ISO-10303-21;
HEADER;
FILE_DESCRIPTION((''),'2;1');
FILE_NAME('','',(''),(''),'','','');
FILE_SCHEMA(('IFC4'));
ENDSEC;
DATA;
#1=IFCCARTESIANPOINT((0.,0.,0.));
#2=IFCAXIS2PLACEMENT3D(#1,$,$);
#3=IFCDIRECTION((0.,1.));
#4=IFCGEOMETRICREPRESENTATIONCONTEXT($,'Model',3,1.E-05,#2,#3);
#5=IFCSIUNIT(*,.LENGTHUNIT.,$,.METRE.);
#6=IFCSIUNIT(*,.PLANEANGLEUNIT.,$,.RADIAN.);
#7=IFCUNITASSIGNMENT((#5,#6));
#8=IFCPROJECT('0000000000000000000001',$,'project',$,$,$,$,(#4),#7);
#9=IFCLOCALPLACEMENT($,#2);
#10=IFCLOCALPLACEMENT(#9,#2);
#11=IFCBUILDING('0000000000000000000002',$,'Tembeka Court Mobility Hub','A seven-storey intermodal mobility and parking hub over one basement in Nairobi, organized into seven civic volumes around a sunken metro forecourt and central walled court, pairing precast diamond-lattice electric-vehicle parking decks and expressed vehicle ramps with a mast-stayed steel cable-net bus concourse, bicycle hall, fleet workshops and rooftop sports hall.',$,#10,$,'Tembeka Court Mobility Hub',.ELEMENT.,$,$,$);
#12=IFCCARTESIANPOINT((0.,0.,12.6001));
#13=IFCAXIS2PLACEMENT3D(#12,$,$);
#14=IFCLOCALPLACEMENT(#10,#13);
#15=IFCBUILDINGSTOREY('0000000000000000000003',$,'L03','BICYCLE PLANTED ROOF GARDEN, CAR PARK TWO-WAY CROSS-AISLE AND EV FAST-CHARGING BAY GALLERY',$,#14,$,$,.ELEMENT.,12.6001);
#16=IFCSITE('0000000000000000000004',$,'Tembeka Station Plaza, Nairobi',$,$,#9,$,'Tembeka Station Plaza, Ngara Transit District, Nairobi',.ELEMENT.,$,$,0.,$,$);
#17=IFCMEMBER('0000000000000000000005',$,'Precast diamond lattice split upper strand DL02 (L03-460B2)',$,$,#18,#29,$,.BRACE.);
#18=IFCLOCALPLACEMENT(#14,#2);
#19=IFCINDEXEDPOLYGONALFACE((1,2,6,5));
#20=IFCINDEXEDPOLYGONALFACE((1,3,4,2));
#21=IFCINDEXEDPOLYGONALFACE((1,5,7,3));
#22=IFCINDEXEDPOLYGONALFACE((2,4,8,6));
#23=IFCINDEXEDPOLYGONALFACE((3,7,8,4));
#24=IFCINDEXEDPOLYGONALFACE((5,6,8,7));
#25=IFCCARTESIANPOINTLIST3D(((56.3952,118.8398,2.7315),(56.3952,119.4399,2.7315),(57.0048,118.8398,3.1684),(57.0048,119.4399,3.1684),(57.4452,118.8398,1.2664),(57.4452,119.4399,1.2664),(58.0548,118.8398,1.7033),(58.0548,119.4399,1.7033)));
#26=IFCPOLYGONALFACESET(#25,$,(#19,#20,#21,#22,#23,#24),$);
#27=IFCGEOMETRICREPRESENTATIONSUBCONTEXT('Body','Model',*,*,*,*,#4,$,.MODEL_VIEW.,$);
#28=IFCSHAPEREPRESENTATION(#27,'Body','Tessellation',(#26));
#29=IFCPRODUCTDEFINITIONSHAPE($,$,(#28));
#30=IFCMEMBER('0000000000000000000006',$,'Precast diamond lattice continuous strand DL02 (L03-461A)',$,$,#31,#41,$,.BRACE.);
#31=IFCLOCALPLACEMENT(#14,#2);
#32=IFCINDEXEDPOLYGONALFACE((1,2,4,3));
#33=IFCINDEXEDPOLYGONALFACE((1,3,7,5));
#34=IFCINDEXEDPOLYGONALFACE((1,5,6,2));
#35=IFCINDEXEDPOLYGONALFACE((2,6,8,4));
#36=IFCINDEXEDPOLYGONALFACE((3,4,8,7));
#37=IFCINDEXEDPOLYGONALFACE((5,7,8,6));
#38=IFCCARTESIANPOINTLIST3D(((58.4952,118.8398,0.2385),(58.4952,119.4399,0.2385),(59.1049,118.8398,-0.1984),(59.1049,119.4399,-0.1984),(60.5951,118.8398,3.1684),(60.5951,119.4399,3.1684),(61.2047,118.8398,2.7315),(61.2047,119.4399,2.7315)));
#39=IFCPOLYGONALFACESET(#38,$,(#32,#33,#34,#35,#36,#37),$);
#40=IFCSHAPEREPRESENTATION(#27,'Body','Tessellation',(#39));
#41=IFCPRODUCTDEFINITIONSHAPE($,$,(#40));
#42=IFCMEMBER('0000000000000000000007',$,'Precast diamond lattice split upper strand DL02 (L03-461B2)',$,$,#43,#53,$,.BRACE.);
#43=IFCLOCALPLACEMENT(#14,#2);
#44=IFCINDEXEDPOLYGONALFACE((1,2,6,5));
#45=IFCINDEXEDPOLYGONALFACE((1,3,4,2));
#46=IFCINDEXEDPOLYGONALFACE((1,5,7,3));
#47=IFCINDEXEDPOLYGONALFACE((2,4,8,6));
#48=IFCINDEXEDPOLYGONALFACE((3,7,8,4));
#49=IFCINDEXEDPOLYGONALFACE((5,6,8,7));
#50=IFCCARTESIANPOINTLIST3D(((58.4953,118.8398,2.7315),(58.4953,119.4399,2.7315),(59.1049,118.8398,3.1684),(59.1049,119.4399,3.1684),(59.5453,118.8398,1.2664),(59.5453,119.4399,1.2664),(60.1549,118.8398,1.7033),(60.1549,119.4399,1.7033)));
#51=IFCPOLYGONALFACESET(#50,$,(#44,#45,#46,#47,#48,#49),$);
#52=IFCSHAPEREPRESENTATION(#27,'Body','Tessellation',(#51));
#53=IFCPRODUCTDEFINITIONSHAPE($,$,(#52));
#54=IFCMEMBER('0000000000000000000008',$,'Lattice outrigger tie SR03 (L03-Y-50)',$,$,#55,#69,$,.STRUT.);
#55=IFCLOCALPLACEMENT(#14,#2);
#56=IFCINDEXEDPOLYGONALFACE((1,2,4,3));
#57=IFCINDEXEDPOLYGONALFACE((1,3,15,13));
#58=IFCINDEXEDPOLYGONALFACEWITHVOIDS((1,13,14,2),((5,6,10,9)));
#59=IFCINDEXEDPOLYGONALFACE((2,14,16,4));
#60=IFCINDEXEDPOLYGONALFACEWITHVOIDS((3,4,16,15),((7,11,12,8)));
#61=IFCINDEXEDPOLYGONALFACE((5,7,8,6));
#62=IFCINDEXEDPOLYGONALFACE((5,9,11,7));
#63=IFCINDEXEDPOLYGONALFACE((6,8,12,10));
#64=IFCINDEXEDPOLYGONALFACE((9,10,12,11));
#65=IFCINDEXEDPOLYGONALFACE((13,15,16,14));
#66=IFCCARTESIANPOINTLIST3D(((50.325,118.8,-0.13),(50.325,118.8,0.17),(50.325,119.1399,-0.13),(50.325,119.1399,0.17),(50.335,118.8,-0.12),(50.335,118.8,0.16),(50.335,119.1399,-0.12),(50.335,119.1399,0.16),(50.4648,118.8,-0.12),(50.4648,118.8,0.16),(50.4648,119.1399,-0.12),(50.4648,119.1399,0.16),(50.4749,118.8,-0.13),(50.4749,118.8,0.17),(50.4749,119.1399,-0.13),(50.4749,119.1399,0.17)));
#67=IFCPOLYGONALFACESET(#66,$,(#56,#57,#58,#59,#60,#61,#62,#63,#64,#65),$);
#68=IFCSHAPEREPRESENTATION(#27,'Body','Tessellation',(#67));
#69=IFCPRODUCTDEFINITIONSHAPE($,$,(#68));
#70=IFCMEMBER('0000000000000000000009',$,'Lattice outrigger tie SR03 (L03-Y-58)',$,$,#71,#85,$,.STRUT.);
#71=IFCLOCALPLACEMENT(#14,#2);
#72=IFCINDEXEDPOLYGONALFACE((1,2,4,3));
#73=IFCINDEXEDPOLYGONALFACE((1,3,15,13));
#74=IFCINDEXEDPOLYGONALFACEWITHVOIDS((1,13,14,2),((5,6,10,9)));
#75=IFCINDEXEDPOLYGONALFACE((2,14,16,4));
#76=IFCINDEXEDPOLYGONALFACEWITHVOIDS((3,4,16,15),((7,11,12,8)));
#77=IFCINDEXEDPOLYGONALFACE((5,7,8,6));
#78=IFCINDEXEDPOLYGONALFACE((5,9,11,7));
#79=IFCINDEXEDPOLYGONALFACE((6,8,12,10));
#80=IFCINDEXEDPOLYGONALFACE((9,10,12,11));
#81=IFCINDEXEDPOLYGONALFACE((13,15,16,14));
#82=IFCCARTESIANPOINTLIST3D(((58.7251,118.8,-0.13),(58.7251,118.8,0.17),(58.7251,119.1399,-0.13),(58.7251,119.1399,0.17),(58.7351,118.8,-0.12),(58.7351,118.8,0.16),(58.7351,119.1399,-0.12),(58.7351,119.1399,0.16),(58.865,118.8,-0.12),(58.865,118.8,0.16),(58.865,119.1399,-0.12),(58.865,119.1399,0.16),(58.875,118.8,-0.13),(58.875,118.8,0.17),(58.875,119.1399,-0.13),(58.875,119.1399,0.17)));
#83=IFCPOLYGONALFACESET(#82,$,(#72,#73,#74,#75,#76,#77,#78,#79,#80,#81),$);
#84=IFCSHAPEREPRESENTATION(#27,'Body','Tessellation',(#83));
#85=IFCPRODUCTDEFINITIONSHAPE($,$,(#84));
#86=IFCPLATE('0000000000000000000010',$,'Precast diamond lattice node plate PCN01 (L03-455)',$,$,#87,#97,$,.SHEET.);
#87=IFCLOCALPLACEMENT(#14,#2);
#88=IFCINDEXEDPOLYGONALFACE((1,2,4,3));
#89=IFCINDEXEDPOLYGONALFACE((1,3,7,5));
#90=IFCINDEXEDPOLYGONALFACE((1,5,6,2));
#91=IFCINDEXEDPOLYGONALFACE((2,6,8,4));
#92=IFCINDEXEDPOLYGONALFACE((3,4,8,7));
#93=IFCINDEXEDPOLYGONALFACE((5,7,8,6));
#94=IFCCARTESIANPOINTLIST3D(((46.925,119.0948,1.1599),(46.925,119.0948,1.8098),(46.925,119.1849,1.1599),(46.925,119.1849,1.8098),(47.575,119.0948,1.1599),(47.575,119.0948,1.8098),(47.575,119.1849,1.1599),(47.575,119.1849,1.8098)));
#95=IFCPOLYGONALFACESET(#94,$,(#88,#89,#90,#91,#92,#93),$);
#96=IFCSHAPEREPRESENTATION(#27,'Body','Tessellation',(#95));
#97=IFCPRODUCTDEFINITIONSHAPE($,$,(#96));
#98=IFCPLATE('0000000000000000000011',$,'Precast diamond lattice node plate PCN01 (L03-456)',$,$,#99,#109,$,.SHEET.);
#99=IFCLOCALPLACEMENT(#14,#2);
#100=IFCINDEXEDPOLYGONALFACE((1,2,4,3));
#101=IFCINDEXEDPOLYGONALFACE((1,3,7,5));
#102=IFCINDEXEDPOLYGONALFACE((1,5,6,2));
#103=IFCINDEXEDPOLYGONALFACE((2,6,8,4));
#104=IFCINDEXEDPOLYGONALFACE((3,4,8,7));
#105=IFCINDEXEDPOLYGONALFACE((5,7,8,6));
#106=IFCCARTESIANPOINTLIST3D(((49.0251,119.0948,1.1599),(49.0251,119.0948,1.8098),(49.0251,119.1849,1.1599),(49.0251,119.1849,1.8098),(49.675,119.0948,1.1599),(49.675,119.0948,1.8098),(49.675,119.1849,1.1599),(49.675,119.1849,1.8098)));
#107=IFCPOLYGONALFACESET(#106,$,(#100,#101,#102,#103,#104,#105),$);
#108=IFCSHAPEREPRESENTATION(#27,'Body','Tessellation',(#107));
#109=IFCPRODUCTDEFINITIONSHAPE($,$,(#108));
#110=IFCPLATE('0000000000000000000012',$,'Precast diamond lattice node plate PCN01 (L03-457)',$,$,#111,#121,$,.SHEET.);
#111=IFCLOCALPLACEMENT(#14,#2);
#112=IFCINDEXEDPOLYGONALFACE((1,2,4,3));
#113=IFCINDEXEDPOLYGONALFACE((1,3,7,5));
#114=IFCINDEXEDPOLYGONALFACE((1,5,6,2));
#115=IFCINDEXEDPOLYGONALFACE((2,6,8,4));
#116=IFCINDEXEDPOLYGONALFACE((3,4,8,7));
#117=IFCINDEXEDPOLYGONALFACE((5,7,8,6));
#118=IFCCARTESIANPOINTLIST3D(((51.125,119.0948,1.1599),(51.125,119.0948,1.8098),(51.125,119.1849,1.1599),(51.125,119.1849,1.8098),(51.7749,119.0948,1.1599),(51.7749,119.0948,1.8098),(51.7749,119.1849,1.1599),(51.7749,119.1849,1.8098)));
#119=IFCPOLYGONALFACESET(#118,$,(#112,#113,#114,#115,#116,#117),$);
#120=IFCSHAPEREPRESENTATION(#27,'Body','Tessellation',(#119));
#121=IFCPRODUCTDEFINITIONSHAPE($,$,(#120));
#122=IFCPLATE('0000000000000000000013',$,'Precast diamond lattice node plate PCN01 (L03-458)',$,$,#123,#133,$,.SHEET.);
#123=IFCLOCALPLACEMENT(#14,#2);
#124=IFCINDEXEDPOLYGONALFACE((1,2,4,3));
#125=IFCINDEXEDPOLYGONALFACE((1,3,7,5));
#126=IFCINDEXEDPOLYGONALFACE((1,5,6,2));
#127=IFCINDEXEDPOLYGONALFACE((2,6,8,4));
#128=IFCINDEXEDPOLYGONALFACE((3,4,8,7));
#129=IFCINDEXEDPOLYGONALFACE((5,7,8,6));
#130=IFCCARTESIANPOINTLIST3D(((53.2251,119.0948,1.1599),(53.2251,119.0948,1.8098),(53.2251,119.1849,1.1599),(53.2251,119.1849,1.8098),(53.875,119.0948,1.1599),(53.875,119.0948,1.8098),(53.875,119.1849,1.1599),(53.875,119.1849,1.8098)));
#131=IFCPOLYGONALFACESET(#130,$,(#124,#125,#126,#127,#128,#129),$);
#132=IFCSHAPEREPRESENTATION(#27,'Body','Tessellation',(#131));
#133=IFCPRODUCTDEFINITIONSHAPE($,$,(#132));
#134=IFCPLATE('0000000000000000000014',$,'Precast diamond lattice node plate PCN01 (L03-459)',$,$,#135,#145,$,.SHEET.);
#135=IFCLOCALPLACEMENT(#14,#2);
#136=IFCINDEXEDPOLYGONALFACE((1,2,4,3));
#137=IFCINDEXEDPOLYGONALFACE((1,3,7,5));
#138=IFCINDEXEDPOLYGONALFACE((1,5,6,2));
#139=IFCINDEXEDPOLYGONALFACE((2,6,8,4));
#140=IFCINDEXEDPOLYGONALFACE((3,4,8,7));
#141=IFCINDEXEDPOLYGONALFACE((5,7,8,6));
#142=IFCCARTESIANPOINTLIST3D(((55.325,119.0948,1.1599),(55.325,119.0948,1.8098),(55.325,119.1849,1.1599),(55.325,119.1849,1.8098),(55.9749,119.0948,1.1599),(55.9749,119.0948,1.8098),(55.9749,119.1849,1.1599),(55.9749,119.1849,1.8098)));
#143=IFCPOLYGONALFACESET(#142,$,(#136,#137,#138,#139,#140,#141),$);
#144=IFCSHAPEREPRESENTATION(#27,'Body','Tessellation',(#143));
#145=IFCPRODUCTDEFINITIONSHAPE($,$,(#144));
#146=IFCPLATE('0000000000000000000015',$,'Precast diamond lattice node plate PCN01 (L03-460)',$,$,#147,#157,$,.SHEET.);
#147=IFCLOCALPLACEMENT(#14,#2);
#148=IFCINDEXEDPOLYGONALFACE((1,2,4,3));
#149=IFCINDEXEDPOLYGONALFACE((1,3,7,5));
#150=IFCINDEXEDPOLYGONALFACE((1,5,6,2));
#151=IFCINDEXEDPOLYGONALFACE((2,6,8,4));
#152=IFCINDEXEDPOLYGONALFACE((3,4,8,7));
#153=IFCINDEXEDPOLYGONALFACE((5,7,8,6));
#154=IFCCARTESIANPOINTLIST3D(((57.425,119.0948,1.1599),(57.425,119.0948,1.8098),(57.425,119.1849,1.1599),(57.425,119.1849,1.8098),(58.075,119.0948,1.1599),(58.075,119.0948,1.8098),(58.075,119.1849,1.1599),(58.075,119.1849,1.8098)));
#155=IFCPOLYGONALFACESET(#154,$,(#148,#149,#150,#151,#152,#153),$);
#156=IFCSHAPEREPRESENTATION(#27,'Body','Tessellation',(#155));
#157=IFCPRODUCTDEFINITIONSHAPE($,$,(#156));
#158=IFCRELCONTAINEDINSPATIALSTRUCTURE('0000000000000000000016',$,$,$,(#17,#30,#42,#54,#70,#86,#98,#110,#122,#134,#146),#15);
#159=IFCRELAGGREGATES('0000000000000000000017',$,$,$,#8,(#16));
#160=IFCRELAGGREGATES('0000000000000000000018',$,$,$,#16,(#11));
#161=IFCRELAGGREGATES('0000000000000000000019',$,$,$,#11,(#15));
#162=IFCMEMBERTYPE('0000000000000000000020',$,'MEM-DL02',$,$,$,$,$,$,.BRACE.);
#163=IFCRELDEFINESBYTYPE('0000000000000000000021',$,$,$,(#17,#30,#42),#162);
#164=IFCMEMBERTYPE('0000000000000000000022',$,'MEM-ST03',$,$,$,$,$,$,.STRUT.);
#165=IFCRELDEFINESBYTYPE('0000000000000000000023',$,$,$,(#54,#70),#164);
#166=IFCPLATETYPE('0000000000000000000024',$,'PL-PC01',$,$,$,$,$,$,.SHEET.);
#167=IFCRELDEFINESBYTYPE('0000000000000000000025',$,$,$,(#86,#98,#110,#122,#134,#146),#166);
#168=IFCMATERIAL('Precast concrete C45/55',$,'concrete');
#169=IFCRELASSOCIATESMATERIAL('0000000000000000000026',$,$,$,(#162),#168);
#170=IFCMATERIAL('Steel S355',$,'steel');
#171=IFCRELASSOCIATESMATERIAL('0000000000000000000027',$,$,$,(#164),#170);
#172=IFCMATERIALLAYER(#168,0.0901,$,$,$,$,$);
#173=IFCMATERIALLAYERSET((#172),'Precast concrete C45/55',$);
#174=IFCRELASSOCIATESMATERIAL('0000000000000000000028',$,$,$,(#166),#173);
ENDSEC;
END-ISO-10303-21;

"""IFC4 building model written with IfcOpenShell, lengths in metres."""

from ifc_helpers import new_model, si_unit, direction, frame, origin, origin_2d, place, context, subcontext, project, spatial, rectangle, hollow_rectangle, extrude, material, layer, layer_set, material_profile, profile_set, type_object, element, save


model = new_model("IFC4")

# Units and contexts
model_context = context("Model", 3, precision=1e-05, world=origin(), true_north=direction((0.0, 1.0)))
body_context = subcontext(model_context, "Body", "Model", "MODEL_VIEW")
ifc_project = project(units=[si_unit("LENGTHUNIT", "METRE"), si_unit("PLANEANGLEUNIT", "RADIAN")], contexts=[model_context])

# Site, building, storey
site_placement = place(None, origin())
site = spatial("IfcSite", under=ifc_project, at=site_placement, Name="Tembeka Station Plaza, Nairobi", LongName="Tembeka Station Plaza, Ngara Transit District, Nairobi", CompositionType="ELEMENT", RefElevation=0.0)
building_placement = place(site_placement, origin())
building = spatial("IfcBuilding", under=site, at=building_placement, Name="Tembeka Court Mobility Hub", Description="A seven-storey intermodal mobility and parking hub over one basement in Nairobi, organized into seven civic volumes around a sunken metro forecourt and central walled court, pairing precast diamond-lattice electric-vehicle parking decks and expressed vehicle ramps with a mast-stayed steel cable-net bus concourse, bicycle hall, fleet workshops and rooftop sports hall.", LongName="Tembeka Court Mobility Hub", CompositionType="ELEMENT")
storey_placement = place(building_placement, frame((0.0, 0.0, 12.6001)))
storey = spatial("IfcBuildingStorey", under=building, at=storey_placement, Name="L03", Description="BICYCLE PLANTED ROOF GARDEN, CAR PARK TWO-WAY CROSS-AISLE AND EV FAST-CHARGING BAY GALLERY", CompositionType="ELEMENT", Elevation=12.6001)

# Shared definitions
ifc_material_1 = material(Name="Steel S355", Category="steel")

# Shared definitions
ifc_material_2 = material(Name="Precast concrete C45/55", Category="concrete")

# Members
ifc_material_profile_1 = material_profile(ifc_material_2, rectangle(XDim=0.6001, YDim=0.75, at=origin_2d()), Name="PC-DIAG 600x750")
ifc_profile_set_1 = profile_set([ifc_material_profile_1], Name="Precast concrete C45/55")
member_type_1 = type_object("IfcMemberType", Name="MEM-DL02", PredefinedType="BRACE", material=ifc_profile_set_1)
member_1_placement = place(storey_placement, frame((57.75, 119.1399, 1.4849), z_axis=(-0.582544, 0.0, 0.812799), x_axis=(0.0, -1.0, 0.0)))
element("IfcMember", 1, at=member_1_placement, inside=storey, type_object=member_type_1, Name="Precast diamond lattice split upper strand DL02 (L03-460B2)", PredefinedType="BRACE", context=body_context, shape_type="SweptSolid", body=[
    extrude(rectangle(XDim=0.6001, YDim=0.75, at=origin_2d()), origin(), (0.0, 0.0, 1.0), 1.8025),
])
member_2_placement = place(storey_placement, frame((58.8, 119.1399, 0.02), z_axis=(0.582532, 0.0, 0.812808), x_axis=(0.0, 1.0, 0.0)))
element("IfcMember", 2, at=member_2_placement, inside=storey, type_object=member_type_1, Name="Precast diamond lattice continuous strand DL02 (L03-461A)", PredefinedType="BRACE", context=body_context, shape_type="SweptSolid", body=[
    extrude(rectangle(XDim=0.6001, YDim=0.75, at=origin_2d()), origin(), (0.0, 0.0, 1.0), 3.6047),
])
member_3_placement = place(storey_placement, frame((59.8501, 119.1399, 1.4849), z_axis=(-0.582544, 0.0, 0.812799), x_axis=(0.0, -1.0, 0.0)))
element("IfcMember", 3, at=member_3_placement, inside=storey, type_object=member_type_1, Name="Precast diamond lattice split upper strand DL02 (L03-461B2)", PredefinedType="BRACE", context=body_context, shape_type="SweptSolid", body=[
    extrude(rectangle(XDim=0.6001, YDim=0.75, at=origin_2d()), origin(), (0.0, 0.0, 1.0), 1.8025),
])
ifc_material_profile_2 = material_profile(ifc_material_1, hollow_rectangle(XDim=0.1499, YDim=0.3, WallThickness=0.01, at=origin_2d()), Name="RHS 300x150x10")
ifc_profile_set_2 = profile_set([ifc_material_profile_2], Name="Steel S355")
member_type_2 = type_object("IfcMemberType", Name="MEM-ST03", PredefinedType="STRUT", material=ifc_profile_set_2)
for number, where, z_axis, x_axis, name in (
    (4, (50.3999, 118.8, 0.02), (0.0, 1.0, 0.0), (-1.0, 0.0, 0.0), "Lattice outrigger tie SR03 (L03-Y-50)"),
    (5, (58.8, 118.8, 0.02), (0.0, 1.0, 0.0), (-1.0, 0.0, 0.0), "Lattice outrigger tie SR03 (L03-Y-58)"),
):
    element("IfcMember", number, at=place(storey_placement, frame(where, z_axis=z_axis, x_axis=x_axis)), inside=storey, type_object=member_type_2, Name=name, PredefinedType="STRUT", context=body_context, shape_type="SweptSolid", body=[
        extrude(hollow_rectangle(XDim=0.1499, YDim=0.3, WallThickness=0.01, at=origin_2d()), origin(), (0.0, 0.0, 1.0), 0.3398),
    ])

# Plates
ifc_layer = layer(ifc_material_2, 0.0901)
ifc_layer_set = layer_set([ifc_layer], Name="Precast concrete C45/55")
plate_type = type_object("IfcPlateType", Name="PL-PC01", PredefinedType="SHEET", material=ifc_layer_set)
for number, where, z_axis, x_axis, name in (
    (6, (47.25, 119.1399, 1.1599), (0.0, 0.0, 1.0), (1.0, 0.0, 0.0), "Precast diamond lattice node plate PCN01 (L03-455)"),
    (7, (49.3501, 119.1399, 1.1599), (0.0, 0.0, 1.0), (1.0, 0.0, 0.0), "Precast diamond lattice node plate PCN01 (L03-456)"),
    (8, (51.45, 119.1399, 1.1599), (0.0, 0.0, 1.0), (1.0, 0.0, 0.0), "Precast diamond lattice node plate PCN01 (L03-457)"),
    (9, (53.55, 119.1399, 1.1599), (0.0, 0.0, 1.0), (1.0, 0.0, 0.0), "Precast diamond lattice node plate PCN01 (L03-458)"),
    (10, (55.6499, 119.1399, 1.1599), (0.0, 0.0, 1.0), (1.0, 0.0, 0.0), "Precast diamond lattice node plate PCN01 (L03-459)"),
    (11, (57.75, 119.1399, 1.1599), (0.0, 0.0, 1.0), (1.0, 0.0, 0.0), "Precast diamond lattice node plate PCN01 (L03-460)"),
):
    element("IfcPlate", number, at=place(storey_placement, frame(where, z_axis=z_axis, x_axis=x_axis)), inside=storey, type_object=plate_type, Name=name, PredefinedType="SHEET", context=body_context, shape_type="SweptSolid", body=[
        extrude(rectangle(XDim=0.6499, YDim=0.0901, at=origin_2d()), origin(), (0.0, 0.0, 1.0), 0.6499),
    ])

save(model, "model.ifc")
